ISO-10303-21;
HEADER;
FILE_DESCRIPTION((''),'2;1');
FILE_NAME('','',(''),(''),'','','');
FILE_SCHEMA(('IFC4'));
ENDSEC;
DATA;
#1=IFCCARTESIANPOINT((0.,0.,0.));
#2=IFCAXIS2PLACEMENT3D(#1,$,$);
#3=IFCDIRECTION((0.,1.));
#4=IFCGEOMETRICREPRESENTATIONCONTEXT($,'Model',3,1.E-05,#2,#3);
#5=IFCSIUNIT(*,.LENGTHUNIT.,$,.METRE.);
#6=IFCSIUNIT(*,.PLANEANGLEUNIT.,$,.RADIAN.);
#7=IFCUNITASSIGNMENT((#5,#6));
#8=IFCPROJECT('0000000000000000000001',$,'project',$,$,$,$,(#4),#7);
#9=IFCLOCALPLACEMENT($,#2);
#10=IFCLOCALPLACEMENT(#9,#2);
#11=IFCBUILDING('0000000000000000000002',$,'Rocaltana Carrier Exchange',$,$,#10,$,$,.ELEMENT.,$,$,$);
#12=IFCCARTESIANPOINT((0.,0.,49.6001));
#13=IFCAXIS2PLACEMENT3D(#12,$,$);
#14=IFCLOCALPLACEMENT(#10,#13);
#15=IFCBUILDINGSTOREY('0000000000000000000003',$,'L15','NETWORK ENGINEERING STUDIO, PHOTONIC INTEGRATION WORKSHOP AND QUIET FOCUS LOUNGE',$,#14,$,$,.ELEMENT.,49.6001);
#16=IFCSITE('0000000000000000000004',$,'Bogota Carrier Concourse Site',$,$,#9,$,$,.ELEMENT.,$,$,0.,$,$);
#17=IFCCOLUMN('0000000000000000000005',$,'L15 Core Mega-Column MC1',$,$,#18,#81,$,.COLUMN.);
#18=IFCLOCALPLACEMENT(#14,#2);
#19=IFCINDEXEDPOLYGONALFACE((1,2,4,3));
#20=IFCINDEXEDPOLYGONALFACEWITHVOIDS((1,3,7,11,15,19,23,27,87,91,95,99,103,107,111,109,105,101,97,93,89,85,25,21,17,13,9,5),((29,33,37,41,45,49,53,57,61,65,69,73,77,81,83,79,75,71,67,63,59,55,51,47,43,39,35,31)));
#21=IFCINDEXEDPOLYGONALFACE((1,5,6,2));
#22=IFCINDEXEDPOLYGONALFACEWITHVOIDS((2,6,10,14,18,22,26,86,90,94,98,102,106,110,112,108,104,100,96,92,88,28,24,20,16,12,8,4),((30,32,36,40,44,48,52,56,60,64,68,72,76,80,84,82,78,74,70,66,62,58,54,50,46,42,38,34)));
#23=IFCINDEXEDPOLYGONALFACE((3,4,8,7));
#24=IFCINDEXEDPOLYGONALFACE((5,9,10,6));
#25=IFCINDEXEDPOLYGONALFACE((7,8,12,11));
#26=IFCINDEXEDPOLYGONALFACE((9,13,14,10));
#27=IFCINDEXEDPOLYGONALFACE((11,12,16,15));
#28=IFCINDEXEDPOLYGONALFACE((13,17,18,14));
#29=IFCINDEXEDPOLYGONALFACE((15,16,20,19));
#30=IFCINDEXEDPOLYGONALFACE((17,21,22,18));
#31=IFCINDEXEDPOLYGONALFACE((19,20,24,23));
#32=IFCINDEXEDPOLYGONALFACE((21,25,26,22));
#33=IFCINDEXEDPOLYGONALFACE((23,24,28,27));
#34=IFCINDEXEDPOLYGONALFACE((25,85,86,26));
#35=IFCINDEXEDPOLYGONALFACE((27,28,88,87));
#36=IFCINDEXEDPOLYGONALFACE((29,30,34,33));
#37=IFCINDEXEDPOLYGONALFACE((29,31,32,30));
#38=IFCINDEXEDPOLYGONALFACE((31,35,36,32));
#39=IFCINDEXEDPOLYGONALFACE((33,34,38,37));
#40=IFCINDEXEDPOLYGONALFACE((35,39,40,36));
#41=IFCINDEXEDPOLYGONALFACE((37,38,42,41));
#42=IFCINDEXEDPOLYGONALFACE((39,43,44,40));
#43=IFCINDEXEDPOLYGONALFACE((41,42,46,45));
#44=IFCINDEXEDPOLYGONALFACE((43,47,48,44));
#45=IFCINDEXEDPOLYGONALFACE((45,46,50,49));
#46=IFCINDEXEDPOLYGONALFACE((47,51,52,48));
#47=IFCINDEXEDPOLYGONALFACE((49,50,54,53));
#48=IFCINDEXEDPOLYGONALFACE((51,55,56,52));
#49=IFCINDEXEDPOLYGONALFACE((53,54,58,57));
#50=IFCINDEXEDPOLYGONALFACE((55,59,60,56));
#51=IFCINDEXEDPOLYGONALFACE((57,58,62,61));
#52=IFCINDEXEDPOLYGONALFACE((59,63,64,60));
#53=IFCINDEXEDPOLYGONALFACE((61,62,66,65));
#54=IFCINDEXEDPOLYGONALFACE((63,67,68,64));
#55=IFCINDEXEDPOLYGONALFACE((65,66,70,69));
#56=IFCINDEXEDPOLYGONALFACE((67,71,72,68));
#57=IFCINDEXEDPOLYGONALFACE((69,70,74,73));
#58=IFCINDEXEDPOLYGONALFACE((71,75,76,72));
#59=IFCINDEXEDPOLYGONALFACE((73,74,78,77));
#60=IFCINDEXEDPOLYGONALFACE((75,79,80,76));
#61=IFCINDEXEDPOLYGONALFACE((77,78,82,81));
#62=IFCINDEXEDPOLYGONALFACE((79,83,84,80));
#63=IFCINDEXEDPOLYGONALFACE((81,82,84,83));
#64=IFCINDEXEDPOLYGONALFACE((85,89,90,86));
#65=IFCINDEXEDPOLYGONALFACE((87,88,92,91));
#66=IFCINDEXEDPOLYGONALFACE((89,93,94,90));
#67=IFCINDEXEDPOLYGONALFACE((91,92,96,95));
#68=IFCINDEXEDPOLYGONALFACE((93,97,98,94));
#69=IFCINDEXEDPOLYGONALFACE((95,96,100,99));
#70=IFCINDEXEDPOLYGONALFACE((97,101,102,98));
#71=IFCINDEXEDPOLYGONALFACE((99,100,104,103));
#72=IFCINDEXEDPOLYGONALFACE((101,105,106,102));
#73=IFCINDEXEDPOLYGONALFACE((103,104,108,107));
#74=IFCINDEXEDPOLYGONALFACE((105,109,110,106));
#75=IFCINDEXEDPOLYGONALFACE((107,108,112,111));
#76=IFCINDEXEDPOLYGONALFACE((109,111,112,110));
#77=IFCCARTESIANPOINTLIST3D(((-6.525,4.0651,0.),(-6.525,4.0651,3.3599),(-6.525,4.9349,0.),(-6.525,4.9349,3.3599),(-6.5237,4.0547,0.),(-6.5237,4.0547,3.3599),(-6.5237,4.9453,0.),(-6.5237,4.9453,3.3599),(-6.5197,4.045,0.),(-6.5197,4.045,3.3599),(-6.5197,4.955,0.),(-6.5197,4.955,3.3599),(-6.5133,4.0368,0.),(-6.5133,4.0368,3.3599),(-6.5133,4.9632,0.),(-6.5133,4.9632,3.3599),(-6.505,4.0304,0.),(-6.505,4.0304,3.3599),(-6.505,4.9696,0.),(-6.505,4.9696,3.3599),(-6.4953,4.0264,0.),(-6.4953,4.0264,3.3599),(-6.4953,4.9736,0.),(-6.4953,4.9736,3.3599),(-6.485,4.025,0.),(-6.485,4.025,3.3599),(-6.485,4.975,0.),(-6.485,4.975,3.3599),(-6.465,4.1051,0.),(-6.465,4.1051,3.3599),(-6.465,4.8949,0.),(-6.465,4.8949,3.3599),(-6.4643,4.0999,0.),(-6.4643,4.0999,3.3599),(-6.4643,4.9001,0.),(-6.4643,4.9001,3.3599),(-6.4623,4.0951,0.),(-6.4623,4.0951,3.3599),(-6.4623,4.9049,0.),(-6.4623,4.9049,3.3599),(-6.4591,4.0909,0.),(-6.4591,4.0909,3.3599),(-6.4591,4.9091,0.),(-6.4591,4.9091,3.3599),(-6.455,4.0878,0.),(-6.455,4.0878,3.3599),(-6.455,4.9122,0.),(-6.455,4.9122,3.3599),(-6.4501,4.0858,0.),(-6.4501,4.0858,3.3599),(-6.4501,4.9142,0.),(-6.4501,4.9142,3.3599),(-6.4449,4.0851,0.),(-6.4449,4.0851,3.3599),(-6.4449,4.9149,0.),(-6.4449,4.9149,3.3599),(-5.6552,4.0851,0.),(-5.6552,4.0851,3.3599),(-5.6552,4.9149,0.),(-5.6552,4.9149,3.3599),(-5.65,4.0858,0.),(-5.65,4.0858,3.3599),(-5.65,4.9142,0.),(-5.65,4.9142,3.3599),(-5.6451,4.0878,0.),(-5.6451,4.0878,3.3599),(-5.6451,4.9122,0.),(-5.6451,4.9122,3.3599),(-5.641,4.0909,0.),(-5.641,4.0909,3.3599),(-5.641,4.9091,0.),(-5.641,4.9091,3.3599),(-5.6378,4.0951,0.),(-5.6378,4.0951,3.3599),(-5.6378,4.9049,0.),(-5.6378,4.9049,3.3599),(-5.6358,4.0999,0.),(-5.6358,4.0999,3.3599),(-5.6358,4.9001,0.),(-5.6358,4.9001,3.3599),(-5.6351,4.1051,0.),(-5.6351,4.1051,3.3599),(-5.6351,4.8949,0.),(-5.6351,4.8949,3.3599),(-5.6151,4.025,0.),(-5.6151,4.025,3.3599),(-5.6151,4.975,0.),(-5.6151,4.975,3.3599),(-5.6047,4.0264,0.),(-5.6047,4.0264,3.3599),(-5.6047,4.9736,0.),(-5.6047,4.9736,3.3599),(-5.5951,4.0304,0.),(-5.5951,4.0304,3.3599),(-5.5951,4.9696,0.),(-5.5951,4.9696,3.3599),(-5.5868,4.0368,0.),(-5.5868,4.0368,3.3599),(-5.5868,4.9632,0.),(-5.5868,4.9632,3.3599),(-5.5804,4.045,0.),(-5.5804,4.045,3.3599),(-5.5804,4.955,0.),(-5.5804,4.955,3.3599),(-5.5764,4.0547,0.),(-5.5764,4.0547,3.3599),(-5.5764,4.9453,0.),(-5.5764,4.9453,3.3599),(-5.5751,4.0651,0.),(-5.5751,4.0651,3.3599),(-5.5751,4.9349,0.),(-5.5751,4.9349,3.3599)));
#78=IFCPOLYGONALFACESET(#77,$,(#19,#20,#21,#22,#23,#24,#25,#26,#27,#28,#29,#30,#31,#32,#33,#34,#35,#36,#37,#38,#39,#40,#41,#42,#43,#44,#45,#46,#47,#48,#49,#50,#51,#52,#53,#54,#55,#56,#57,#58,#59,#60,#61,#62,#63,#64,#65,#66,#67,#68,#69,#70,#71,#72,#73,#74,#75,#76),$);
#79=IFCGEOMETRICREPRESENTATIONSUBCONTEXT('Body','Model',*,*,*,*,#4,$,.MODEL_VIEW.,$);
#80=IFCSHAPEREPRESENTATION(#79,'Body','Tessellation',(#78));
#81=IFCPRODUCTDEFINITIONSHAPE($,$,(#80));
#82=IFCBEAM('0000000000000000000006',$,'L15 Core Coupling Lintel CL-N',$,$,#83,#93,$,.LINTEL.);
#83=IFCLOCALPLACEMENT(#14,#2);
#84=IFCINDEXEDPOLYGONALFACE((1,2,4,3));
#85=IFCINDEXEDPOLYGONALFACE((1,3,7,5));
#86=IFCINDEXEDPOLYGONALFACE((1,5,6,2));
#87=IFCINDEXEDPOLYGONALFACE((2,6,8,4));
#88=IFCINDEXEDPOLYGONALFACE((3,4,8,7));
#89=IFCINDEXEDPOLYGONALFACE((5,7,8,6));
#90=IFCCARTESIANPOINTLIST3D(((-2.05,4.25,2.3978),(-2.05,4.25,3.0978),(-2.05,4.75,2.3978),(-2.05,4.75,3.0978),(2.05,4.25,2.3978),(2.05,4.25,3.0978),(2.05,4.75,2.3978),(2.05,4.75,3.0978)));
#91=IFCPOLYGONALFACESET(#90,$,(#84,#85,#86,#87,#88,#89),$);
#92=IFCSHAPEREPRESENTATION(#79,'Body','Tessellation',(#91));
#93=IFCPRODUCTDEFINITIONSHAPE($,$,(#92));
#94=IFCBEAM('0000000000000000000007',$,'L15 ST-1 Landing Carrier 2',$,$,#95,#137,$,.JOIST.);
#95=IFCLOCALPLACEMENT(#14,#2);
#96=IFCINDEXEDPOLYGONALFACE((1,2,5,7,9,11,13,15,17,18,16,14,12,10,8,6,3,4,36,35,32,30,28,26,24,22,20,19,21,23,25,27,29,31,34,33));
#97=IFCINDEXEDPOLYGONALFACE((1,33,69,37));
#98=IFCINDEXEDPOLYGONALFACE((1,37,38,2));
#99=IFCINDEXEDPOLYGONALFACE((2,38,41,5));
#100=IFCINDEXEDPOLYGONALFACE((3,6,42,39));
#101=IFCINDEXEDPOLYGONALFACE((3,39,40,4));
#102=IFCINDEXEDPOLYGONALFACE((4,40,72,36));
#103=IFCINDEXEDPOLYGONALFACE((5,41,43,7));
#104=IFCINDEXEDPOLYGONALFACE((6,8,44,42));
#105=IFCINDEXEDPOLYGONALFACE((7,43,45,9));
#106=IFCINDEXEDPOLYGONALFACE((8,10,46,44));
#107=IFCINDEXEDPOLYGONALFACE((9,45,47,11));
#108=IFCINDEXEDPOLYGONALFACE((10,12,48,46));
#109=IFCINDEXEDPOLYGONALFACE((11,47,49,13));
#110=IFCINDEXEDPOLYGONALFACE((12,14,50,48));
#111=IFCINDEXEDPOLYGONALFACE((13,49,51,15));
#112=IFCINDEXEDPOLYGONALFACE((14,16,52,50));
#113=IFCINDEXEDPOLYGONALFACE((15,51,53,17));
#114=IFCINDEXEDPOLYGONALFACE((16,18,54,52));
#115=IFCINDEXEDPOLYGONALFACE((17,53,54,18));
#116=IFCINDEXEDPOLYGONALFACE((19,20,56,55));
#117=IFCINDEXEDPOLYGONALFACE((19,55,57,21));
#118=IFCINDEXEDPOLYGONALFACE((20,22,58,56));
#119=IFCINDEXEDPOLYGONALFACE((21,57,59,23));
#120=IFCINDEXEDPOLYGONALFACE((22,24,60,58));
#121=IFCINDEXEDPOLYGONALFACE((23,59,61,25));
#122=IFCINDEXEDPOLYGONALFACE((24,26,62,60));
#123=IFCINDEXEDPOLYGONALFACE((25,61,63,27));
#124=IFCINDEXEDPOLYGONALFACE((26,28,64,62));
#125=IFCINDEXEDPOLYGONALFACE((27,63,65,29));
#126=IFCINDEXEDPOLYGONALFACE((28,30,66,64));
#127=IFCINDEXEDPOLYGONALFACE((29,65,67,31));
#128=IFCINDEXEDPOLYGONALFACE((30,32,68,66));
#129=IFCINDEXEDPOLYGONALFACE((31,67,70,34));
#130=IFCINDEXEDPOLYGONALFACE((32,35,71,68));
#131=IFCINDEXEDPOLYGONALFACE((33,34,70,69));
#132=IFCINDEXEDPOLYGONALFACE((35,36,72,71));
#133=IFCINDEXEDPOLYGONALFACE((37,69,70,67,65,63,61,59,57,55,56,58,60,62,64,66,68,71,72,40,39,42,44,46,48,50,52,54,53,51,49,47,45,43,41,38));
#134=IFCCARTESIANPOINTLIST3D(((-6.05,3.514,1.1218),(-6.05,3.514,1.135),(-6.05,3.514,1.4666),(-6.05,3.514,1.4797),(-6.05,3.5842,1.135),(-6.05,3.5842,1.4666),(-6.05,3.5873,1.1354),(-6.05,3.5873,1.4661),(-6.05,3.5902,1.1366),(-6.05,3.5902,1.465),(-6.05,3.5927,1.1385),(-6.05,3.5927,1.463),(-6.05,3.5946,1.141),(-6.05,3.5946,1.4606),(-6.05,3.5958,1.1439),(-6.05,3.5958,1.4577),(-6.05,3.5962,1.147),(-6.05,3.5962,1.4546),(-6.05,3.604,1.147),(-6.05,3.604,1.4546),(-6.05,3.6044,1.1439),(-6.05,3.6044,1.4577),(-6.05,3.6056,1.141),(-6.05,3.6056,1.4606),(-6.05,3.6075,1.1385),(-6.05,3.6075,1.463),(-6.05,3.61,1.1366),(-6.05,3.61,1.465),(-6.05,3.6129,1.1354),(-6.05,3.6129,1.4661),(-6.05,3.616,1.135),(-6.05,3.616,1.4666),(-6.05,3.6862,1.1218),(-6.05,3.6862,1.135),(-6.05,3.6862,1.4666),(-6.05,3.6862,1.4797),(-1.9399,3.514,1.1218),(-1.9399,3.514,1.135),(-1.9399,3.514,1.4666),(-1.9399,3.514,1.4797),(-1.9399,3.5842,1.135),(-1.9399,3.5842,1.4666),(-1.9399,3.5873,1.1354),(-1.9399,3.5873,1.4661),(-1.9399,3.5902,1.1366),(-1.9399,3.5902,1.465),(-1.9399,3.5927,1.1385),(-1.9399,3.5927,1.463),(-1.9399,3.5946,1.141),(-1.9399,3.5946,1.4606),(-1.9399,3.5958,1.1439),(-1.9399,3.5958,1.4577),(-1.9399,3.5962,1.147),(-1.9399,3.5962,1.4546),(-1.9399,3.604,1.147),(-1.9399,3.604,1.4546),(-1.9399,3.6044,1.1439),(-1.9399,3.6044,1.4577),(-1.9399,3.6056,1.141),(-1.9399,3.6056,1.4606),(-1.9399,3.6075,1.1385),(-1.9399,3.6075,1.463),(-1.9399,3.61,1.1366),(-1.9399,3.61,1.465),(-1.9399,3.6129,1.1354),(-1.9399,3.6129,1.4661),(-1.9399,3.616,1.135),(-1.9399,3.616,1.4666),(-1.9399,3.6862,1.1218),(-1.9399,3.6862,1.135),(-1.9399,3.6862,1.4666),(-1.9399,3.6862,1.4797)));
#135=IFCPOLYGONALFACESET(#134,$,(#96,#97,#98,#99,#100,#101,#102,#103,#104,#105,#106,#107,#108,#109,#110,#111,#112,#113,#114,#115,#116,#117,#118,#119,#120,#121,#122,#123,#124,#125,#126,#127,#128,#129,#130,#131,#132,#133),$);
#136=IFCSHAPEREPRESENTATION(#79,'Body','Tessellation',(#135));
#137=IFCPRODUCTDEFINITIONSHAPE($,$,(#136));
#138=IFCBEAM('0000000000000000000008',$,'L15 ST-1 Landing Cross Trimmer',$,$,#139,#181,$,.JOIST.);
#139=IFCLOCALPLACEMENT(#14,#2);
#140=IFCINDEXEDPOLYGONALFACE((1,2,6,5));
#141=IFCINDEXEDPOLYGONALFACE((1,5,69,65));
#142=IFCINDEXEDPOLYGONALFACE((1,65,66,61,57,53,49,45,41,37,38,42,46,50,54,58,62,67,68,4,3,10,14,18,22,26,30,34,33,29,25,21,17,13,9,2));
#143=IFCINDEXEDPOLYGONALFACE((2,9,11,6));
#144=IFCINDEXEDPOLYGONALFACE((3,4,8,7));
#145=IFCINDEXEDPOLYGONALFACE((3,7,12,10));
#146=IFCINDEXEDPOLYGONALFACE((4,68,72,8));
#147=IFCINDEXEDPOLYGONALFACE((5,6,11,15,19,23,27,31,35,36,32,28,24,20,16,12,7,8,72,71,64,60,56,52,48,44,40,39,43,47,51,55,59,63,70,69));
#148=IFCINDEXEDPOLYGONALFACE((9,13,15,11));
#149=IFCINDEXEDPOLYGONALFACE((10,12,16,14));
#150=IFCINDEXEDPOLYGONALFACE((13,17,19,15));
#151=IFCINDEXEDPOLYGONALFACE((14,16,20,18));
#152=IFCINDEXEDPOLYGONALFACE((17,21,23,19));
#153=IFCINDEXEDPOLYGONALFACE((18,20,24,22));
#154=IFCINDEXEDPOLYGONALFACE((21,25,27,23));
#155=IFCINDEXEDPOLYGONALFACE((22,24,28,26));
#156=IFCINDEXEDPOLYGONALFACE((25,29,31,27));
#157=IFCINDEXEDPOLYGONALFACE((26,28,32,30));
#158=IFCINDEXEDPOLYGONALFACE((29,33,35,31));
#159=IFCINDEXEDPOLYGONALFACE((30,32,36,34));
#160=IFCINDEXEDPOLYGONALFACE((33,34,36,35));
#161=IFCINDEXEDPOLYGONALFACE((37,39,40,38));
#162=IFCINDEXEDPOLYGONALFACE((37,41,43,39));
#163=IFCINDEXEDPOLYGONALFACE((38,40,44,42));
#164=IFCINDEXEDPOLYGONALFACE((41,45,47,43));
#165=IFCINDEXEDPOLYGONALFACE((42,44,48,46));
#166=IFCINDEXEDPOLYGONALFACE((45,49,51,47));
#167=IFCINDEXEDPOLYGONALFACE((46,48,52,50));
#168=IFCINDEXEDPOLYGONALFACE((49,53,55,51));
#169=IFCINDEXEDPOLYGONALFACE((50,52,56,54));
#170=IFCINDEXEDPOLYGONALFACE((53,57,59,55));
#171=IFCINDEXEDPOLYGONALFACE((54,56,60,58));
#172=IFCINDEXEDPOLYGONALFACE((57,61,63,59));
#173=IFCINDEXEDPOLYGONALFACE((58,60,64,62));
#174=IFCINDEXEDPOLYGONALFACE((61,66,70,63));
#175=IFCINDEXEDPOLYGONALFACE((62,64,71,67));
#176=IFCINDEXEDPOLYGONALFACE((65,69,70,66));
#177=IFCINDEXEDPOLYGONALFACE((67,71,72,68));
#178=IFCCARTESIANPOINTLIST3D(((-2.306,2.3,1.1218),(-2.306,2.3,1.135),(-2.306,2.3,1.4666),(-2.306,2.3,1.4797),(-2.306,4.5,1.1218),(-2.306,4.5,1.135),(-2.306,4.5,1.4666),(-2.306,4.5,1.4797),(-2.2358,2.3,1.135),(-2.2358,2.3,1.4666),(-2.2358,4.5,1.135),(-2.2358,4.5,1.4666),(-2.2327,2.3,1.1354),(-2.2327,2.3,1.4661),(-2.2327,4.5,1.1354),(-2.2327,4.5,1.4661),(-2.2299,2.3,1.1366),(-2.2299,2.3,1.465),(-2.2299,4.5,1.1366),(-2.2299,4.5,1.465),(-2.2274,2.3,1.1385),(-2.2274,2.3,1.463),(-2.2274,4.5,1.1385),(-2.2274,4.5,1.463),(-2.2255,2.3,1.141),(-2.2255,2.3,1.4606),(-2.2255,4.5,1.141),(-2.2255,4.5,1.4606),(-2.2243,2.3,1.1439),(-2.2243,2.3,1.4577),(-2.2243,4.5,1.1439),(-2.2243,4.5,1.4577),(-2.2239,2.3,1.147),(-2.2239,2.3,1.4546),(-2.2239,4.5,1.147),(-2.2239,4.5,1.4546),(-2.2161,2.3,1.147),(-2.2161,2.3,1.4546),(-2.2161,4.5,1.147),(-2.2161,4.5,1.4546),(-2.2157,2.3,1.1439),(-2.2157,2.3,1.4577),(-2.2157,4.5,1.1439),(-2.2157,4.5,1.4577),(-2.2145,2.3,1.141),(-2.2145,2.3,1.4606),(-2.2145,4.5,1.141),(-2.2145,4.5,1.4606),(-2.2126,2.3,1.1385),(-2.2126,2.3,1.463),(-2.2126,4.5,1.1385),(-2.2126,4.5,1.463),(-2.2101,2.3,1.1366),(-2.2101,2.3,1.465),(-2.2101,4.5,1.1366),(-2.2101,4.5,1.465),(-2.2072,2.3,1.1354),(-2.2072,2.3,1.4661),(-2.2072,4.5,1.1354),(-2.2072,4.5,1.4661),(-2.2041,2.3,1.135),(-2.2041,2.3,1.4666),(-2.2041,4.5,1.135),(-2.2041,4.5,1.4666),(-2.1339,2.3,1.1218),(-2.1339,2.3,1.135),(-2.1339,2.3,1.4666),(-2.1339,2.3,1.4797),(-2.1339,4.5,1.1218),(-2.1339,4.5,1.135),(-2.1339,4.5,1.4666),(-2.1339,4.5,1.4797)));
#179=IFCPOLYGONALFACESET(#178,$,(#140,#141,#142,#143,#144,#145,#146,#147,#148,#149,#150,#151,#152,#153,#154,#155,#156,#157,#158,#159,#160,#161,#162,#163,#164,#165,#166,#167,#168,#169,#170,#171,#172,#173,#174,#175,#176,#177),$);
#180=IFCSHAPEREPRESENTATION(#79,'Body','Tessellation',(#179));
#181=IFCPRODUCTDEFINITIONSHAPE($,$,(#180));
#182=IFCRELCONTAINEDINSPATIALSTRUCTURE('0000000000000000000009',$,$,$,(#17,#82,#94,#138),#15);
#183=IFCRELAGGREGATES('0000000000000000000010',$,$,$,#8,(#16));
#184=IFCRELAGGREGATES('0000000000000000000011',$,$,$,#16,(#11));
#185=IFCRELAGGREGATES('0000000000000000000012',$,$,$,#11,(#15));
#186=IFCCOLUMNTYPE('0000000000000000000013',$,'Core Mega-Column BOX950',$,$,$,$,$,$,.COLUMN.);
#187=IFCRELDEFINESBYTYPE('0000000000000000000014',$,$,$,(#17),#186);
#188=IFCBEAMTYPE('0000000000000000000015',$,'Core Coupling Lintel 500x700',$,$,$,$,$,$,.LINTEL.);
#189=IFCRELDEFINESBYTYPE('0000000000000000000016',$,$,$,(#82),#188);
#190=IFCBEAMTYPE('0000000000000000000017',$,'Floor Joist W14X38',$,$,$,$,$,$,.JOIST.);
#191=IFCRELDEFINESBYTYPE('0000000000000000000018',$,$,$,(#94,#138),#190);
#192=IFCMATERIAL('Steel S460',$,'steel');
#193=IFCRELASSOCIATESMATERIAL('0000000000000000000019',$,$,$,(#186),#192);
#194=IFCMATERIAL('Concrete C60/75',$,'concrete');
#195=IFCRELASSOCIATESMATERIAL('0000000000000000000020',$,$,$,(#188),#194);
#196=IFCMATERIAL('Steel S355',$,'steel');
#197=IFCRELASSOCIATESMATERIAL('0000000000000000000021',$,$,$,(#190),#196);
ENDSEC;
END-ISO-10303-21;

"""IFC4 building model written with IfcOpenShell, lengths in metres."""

from ifc_helpers import new_model, si_unit, direction, frame, origin, origin_2d, place, context, subcontext, project, spatial, rectangle, hollow_rectangle, i_section, extrude, material, material_profile, profile_set, type_object, element, save


model = new_model("IFC4")

# Units and contexts
model_context = context("Model", 3, precision=1e-05, world=origin(), true_north=direction((0.0, 1.0)))
body_context = subcontext(model_context, "Body", "Model", "MODEL_VIEW")
ifc_project = project(units=[si_unit("LENGTHUNIT", "METRE"), si_unit("PLANEANGLEUNIT", "RADIAN")], contexts=[model_context])

# Site, building, storey
site_placement = place(None, origin())
site = spatial("IfcSite", under=ifc_project, at=site_placement, Name="Bogota Carrier Concourse Site", CompositionType="ELEMENT", RefElevation=0.0)
building_placement = place(site_placement, origin())
building = spatial("IfcBuilding", under=site, at=building_placement, Name="Rocaltana Carrier Exchange", CompositionType="ELEMENT")
storey_placement = place(building_placement, frame((0.0, 0.0, 49.6001)))
storey = spatial("IfcBuildingStorey", under=building, at=storey_placement, Name="L15", Description="NETWORK ENGINEERING STUDIO, PHOTONIC INTEGRATION WORKSHOP AND QUIET FOCUS LOUNGE", CompositionType="ELEMENT", Elevation=49.6001)

# Column
ifc_material_1 = material(Name="Steel S460", Category="steel")
ifc_material_profile_1 = material_profile(ifc_material_1, hollow_rectangle(XDim=0.95, YDim=0.95, WallThickness=0.0601, InnerFilletRadius=0.02, OuterFilletRadius=0.04, at=origin_2d()), Name="BOX950X950X60")
ifc_profile_set_1 = profile_set([ifc_material_profile_1], Name="Steel S460")
column_type = type_object("IfcColumnType", Name="Core Mega-Column BOX950", PredefinedType="COLUMN", material=ifc_profile_set_1)
column_placement = place(storey_placement, frame((-6.05, 4.5, 0.0), z_axis=(0.0, 0.0, 1.0), x_axis=(1.0, 0.0, 0.0)))
element("IfcColumn", 1, at=column_placement, inside=storey, type_object=column_type, Name="L15 Core Mega-Column MC1", PredefinedType="COLUMN", context=body_context, shape_type="SweptSolid", body=[
    extrude(hollow_rectangle(XDim=0.95, YDim=0.95, WallThickness=0.0601, InnerFilletRadius=0.02, OuterFilletRadius=0.04, at=origin_2d()), origin(), (0.0, 0.0, 1.0), 3.3599),
])

# Beams
ifc_material_2 = material(Name="Concrete C60/75", Category="concrete")
ifc_material_profile_2 = material_profile(ifc_material_2, rectangle(XDim=0.5, YDim=0.7, at=origin_2d()), Name="RC-BM-500X700")
ifc_profile_set_2 = profile_set([ifc_material_profile_2], Name="Concrete C60/75")
beam_type_1 = type_object("IfcBeamType", Name="Core Coupling Lintel 500x700", PredefinedType="LINTEL", material=ifc_profile_set_2)
beam_1_placement = place(storey_placement, frame((-2.05, 4.5, 2.7478), z_axis=(1.0, 0.0, 0.0), x_axis=(0.0, 1.0, 0.0)))
element("IfcBeam", 2, at=beam_1_placement, inside=storey, type_object=beam_type_1, Name="L15 Core Coupling Lintel CL-N", PredefinedType="LINTEL", context=body_context, shape_type="SweptSolid", body=[
    extrude(rectangle(XDim=0.5, YDim=0.7, at=origin_2d()), origin(), (0.0, 0.0, 1.0), 4.1001),
])
ifc_material_3 = material(Name="Steel S355", Category="steel")
ifc_material_profile_3 = material_profile(ifc_material_3, i_section(OverallWidth=0.1721, OverallDepth=0.3579, WebThickness=0.0078, FlangeThickness=0.0132, FilletRadius=0.012, at=origin_2d()), Name="W14X38")
ifc_profile_set_3 = profile_set([ifc_material_profile_3], Name="Steel S355")
beam_type_2 = type_object("IfcBeamType", Name="Floor Joist W14X38", PredefinedType="JOIST", material=ifc_profile_set_3)
beam_2_placement = place(storey_placement, frame((-6.05, 3.6001, 1.3008), z_axis=(1.0, 0.0, 0.0), x_axis=(0.0, 1.0, 0.0)))
element("IfcBeam", 3, at=beam_2_placement, inside=storey, type_object=beam_type_2, Name="L15 ST-1 Landing Carrier 2", PredefinedType="JOIST", context=body_context, shape_type="SweptSolid", body=[
    extrude(i_section(OverallWidth=0.1721, OverallDepth=0.3579, WebThickness=0.0078, FlangeThickness=0.0132, FilletRadius=0.012, at=origin_2d()), origin(), (0.0, 0.0, 1.0), 4.1101),
])
beam_3_placement = place(storey_placement, frame((-2.22, 2.3, 1.3008), z_axis=(0.0, 1.0, 0.0), x_axis=(-1.0, 0.0, 0.0)))
element("IfcBeam", 4, at=beam_3_placement, inside=storey, type_object=beam_type_2, Name="L15 ST-1 Landing Cross Trimmer", PredefinedType="JOIST", context=body_context, shape_type="SweptSolid", body=[
    extrude(i_section(OverallWidth=0.1721, OverallDepth=0.3579, WebThickness=0.0078, FlangeThickness=0.0132, FilletRadius=0.012, at=origin_2d()), origin(), (0.0, 0.0, 1.0), 2.2),
])

save(model, "model.ifc")
